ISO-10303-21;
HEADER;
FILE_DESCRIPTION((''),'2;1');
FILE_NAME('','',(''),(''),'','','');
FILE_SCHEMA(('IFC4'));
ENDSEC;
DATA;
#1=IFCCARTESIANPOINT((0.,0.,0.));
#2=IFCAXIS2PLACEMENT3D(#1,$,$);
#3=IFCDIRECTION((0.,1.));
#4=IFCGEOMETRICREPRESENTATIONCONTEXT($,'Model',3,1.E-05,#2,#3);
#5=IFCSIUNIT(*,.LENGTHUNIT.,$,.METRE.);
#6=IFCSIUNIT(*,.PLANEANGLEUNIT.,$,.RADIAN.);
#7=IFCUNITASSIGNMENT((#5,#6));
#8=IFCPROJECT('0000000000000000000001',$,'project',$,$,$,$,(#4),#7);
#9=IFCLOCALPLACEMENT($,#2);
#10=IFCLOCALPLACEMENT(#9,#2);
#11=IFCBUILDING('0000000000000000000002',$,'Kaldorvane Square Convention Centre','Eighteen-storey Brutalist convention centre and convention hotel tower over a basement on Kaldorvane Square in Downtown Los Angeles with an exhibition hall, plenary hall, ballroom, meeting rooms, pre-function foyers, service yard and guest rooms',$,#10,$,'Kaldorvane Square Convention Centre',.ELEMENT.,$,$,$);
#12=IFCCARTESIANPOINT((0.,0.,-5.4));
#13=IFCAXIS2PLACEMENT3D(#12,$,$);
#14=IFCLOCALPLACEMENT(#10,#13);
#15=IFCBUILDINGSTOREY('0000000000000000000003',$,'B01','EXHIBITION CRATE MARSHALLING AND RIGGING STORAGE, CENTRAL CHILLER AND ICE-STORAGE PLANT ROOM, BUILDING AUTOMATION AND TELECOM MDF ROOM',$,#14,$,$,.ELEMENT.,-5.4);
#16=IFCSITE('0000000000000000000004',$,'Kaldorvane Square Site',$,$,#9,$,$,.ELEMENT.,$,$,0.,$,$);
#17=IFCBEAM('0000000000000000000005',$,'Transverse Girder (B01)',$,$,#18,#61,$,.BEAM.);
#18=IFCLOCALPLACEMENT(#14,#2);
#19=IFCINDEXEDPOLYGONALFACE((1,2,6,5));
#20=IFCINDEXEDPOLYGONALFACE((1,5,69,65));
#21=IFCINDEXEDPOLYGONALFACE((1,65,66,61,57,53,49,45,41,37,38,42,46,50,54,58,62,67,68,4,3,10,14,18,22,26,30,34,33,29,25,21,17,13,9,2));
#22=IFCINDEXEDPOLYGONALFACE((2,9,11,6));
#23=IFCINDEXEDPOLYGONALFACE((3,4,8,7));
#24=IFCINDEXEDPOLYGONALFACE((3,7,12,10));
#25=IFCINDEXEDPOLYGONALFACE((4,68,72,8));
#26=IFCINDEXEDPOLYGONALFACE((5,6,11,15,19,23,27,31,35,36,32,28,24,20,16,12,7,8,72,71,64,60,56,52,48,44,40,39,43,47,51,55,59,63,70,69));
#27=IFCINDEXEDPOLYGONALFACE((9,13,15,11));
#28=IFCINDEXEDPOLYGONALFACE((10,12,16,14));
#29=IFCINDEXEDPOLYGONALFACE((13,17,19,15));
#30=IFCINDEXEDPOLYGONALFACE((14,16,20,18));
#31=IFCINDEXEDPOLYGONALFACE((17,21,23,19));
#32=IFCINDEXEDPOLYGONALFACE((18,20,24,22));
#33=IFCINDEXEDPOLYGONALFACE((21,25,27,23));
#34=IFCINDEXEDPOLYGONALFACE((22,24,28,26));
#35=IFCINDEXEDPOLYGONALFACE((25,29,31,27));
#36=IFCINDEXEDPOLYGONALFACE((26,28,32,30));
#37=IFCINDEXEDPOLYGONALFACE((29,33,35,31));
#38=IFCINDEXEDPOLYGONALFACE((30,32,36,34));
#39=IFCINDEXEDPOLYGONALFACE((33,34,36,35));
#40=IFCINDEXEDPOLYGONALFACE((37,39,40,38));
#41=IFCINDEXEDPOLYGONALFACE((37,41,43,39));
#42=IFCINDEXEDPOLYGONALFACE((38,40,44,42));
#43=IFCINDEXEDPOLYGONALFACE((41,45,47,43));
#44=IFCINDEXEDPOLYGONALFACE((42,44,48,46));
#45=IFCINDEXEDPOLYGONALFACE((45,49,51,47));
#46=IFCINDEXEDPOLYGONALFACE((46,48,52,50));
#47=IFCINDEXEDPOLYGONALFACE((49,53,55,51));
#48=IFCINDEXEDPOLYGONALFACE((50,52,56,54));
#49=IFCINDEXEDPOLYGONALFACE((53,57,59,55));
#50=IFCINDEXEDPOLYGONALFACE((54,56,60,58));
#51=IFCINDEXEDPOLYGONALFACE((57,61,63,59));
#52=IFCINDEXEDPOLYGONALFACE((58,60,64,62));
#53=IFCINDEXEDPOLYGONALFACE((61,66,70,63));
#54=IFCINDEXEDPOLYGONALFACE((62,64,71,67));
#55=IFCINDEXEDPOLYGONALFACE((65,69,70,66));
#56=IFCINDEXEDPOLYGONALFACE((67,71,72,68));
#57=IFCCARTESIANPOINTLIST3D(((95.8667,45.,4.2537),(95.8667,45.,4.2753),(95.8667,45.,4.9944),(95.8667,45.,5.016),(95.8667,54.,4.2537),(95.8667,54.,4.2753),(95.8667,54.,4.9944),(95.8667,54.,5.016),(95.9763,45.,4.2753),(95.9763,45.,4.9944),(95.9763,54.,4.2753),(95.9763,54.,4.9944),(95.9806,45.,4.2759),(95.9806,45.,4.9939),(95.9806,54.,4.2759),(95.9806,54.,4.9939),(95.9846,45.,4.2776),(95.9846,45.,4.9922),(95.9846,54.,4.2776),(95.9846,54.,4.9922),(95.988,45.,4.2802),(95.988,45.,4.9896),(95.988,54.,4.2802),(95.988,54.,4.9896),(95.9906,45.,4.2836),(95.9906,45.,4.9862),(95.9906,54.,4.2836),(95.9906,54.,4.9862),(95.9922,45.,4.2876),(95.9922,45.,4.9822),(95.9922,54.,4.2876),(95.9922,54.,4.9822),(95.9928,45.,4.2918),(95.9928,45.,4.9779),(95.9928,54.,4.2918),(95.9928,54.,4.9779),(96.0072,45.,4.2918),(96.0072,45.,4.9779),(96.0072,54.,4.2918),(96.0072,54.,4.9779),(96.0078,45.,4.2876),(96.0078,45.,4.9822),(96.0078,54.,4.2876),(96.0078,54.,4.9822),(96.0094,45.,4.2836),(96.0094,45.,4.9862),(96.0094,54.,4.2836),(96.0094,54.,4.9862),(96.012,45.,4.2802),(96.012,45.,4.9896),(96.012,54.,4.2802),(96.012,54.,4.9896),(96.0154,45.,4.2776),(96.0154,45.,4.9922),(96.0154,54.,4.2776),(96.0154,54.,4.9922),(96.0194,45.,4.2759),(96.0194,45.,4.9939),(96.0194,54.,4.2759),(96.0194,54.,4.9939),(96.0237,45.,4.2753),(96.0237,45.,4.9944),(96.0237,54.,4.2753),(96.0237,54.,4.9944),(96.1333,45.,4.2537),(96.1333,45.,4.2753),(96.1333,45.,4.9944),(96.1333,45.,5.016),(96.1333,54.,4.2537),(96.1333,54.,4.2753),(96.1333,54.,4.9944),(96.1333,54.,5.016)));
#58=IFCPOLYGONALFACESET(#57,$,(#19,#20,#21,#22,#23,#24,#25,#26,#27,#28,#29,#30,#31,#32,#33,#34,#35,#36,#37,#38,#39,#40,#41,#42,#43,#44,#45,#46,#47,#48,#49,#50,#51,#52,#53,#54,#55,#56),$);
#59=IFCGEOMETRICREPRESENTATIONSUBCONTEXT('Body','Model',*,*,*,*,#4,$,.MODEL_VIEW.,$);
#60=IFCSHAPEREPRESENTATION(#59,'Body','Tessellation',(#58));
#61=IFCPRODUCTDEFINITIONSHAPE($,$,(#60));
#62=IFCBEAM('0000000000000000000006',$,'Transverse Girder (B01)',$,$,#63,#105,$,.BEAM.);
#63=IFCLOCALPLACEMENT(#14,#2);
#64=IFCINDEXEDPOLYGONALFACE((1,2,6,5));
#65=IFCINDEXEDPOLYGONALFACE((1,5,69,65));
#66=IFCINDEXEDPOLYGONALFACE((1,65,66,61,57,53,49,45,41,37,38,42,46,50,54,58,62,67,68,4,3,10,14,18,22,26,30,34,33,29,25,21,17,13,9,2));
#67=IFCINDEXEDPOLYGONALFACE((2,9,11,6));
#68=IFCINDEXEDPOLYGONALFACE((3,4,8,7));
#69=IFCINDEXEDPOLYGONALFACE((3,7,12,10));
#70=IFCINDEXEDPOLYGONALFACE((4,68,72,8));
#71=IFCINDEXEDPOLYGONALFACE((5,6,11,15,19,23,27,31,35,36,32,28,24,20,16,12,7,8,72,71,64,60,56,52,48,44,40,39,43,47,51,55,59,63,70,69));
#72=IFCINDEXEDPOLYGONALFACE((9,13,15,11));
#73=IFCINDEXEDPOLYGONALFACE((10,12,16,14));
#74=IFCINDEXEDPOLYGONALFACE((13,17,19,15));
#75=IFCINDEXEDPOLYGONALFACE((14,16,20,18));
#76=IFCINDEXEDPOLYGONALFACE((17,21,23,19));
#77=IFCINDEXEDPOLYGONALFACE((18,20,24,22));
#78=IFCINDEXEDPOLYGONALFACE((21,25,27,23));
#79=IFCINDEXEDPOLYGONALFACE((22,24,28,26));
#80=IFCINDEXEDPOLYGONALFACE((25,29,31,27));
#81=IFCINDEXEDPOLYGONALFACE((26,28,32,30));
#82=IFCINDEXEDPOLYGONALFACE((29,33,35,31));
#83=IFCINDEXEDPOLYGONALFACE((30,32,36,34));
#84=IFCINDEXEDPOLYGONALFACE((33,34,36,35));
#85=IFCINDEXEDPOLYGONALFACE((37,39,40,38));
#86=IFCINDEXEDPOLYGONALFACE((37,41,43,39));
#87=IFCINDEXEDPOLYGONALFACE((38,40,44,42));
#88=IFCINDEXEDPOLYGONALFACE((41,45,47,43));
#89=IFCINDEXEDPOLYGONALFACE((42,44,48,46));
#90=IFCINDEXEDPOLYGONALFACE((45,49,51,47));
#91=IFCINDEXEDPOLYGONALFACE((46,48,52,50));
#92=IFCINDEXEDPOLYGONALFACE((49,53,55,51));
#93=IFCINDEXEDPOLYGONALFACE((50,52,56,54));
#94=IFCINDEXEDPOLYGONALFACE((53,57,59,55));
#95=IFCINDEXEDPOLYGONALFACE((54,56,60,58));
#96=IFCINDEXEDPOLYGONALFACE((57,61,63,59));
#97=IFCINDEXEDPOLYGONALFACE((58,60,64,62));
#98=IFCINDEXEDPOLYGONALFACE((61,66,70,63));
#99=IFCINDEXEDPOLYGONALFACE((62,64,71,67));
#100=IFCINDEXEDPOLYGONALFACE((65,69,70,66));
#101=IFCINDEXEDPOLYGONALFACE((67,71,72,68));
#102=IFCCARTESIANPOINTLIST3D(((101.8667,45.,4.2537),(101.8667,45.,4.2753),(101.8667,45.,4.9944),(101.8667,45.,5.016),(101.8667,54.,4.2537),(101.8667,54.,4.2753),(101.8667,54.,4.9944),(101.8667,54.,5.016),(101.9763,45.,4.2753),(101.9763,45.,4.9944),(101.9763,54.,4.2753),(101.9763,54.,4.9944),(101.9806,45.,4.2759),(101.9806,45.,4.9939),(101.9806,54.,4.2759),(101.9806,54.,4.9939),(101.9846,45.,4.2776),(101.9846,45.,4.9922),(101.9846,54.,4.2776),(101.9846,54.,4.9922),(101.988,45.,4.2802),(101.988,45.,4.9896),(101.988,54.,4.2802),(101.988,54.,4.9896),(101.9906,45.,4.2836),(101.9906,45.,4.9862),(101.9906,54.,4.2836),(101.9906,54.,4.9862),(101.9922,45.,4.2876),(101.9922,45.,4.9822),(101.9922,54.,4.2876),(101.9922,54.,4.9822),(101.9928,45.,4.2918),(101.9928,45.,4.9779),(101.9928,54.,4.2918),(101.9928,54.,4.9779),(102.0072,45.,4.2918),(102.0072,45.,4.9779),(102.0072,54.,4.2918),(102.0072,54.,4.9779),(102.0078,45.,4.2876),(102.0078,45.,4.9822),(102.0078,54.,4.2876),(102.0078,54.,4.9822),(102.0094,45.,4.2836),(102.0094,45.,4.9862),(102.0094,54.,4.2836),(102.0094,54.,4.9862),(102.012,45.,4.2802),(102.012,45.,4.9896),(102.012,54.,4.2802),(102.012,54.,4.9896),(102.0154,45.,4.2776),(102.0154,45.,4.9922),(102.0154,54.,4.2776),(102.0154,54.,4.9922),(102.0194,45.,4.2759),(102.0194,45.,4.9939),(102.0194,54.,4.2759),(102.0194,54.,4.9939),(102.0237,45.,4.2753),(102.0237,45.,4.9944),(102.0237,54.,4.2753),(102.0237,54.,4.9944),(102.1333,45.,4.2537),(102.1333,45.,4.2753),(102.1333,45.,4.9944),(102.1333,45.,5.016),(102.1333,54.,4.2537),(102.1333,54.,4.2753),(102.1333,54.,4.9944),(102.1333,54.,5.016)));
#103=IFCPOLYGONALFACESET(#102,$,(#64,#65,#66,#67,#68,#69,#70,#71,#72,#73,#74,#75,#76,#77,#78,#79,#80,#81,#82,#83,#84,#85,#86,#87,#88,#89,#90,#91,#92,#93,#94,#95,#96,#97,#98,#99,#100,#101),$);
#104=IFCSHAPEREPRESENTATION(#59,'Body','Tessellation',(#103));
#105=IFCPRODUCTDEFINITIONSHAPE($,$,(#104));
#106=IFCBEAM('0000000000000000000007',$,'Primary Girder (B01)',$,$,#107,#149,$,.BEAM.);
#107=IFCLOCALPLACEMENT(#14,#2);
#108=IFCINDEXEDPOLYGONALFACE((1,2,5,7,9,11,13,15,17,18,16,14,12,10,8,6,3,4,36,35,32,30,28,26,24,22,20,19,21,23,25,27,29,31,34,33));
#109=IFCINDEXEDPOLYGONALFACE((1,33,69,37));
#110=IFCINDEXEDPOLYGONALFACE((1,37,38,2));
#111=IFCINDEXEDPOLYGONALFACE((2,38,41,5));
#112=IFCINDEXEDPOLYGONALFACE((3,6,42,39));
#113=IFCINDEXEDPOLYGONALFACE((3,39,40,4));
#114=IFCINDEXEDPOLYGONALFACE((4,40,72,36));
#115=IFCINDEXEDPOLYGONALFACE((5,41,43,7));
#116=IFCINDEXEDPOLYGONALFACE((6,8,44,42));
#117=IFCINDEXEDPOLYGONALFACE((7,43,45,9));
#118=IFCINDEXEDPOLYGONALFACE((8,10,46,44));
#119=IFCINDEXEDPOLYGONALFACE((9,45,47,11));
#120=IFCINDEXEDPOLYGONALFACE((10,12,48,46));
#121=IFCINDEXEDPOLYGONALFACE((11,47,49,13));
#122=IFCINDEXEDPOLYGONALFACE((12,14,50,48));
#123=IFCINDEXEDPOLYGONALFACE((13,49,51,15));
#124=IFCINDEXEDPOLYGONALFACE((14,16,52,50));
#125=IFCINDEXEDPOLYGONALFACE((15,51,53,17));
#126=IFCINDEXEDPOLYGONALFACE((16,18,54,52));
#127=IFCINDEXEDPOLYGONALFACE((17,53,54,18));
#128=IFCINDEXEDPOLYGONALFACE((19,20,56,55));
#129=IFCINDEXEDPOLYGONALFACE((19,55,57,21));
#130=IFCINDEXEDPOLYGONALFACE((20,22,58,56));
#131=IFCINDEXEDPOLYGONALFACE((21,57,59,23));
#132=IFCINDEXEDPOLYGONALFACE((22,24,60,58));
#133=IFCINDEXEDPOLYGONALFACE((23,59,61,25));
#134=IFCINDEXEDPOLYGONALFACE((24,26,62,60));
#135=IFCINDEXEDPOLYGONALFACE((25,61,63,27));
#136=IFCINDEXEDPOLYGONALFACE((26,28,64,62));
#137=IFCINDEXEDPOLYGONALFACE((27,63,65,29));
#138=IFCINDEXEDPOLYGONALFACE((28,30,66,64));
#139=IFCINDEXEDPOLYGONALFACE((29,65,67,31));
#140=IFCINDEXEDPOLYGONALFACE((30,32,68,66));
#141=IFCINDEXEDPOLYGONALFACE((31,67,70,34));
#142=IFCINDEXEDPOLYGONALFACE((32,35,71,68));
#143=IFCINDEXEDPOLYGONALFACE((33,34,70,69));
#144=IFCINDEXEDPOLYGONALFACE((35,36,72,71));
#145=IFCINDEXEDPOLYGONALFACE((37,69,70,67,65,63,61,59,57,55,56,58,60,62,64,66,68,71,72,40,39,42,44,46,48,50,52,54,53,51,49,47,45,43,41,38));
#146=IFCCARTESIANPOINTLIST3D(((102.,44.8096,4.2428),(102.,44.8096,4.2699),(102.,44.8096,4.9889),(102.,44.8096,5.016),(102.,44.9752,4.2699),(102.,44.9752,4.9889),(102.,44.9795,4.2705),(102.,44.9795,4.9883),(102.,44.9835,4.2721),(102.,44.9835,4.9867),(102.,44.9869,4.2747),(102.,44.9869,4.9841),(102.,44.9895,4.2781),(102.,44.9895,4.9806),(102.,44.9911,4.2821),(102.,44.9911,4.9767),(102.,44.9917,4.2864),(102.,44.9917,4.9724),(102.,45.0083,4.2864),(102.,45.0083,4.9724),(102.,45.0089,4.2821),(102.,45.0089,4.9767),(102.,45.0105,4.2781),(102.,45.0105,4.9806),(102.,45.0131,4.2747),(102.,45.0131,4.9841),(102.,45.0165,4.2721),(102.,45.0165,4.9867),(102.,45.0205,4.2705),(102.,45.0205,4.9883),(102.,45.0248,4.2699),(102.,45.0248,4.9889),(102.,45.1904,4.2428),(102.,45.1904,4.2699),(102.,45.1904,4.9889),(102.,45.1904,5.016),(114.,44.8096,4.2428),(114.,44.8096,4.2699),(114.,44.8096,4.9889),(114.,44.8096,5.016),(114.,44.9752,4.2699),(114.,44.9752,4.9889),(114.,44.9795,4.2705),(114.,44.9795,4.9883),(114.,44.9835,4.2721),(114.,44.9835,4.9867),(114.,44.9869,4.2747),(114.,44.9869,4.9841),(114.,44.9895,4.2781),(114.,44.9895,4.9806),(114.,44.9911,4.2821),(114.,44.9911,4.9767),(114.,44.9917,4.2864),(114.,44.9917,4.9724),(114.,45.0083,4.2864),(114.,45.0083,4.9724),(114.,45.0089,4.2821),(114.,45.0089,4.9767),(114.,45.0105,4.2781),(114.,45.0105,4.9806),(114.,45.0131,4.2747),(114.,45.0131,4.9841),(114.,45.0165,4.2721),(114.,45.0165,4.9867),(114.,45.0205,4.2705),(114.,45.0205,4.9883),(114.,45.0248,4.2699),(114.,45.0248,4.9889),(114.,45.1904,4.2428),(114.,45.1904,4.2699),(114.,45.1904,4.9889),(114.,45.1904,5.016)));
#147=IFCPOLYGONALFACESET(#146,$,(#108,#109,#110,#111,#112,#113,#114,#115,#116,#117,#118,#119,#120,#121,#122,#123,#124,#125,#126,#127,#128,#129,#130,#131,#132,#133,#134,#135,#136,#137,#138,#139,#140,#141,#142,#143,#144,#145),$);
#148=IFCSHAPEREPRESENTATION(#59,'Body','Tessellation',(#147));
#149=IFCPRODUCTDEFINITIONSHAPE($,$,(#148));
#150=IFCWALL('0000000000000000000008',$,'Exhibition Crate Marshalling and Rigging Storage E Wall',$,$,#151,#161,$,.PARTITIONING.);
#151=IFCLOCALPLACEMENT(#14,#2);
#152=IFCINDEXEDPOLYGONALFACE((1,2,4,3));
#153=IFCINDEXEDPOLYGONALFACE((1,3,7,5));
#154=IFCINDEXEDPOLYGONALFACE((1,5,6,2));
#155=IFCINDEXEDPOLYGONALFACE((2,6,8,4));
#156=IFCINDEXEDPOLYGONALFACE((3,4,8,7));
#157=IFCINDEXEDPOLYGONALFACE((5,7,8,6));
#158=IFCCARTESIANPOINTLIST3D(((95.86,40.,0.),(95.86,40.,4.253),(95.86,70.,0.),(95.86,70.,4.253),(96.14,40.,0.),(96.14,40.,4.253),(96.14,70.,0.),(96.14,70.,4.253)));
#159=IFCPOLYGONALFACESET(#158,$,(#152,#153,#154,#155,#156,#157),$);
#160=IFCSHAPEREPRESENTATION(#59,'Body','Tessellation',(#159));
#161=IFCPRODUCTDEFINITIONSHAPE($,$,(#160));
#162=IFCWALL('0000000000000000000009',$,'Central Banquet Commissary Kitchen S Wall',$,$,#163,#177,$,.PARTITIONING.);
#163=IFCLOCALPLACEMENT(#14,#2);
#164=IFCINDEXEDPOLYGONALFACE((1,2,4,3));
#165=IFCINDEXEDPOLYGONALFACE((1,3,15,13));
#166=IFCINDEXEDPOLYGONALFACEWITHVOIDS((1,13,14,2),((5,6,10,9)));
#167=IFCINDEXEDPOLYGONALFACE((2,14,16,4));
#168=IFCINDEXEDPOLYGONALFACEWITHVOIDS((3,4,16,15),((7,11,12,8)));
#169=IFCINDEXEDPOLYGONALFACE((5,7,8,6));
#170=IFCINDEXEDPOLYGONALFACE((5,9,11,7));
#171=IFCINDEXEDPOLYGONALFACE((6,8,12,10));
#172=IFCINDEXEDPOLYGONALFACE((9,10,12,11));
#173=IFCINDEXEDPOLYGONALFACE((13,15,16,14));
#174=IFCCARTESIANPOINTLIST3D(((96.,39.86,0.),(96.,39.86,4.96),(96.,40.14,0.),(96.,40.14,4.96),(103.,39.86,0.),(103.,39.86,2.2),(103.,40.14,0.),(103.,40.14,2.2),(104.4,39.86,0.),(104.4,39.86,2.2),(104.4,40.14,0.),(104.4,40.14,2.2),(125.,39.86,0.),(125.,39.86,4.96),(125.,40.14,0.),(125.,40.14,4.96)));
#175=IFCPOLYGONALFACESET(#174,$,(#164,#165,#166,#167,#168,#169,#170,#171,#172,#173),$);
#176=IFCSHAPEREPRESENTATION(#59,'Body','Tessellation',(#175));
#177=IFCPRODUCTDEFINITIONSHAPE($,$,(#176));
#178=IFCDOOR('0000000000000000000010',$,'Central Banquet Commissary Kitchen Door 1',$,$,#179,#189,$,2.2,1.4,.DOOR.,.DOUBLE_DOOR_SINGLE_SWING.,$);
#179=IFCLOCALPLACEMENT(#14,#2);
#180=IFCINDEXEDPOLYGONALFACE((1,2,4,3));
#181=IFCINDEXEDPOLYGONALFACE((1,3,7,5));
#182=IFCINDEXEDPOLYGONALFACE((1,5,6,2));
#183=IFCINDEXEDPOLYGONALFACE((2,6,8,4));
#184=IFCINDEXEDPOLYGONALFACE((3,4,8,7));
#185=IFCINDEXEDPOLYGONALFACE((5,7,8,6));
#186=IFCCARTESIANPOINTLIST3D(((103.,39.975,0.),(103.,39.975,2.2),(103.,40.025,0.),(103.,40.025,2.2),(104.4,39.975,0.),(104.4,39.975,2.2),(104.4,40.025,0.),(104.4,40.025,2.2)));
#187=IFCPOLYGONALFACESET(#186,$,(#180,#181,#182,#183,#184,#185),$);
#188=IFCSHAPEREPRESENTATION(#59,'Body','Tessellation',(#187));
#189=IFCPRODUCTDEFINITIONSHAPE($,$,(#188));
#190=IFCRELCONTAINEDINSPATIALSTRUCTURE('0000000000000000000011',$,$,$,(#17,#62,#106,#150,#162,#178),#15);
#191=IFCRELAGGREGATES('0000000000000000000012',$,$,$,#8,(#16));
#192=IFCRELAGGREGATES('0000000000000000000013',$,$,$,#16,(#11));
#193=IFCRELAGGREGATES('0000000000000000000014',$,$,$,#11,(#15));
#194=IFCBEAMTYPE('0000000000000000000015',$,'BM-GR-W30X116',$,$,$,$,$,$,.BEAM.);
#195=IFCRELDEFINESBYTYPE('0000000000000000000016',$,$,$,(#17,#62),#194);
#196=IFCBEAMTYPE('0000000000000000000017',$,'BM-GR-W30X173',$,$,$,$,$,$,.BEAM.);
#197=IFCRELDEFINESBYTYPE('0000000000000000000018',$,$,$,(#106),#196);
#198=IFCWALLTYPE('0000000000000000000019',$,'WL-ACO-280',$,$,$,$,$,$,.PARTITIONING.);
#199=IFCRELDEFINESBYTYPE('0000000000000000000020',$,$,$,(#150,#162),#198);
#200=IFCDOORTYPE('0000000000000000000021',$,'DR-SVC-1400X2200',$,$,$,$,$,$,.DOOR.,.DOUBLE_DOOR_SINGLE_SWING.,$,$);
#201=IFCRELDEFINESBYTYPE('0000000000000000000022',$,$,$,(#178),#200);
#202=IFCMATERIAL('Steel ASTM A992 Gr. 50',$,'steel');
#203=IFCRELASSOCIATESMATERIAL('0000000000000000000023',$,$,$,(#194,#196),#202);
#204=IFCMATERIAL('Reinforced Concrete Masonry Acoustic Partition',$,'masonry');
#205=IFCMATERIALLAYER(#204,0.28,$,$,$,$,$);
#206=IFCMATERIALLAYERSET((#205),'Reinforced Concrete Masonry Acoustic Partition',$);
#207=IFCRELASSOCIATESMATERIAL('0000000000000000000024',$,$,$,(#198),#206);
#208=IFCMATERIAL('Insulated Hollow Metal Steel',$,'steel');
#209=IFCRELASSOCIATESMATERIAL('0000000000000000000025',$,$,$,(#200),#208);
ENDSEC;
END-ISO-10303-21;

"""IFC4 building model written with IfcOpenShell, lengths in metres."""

from ifc_helpers import new_model, si_unit, direction, frame, frame_2d, origin, origin_2d, place, context, subcontext, project, spatial, rectangle, i_section, extrude, material, layer, layer_set, material_profile, profile_set, type_object, element, fill, save


model = new_model("IFC4")

# Units and contexts
model_context = context("Model", 3, precision=1e-05, world=origin(), true_north=direction((0.0, 1.0)))
body_context = subcontext(model_context, "Body", "Model", "MODEL_VIEW")
ifc_project = project(units=[si_unit("LENGTHUNIT", "METRE"), si_unit("PLANEANGLEUNIT", "RADIAN")], contexts=[model_context])

# Site, building, storey
site_placement = place(None, origin())
site = spatial("IfcSite", under=ifc_project, at=site_placement, Name="Kaldorvane Square Site", CompositionType="ELEMENT", RefElevation=0.0)
building_placement = place(site_placement, origin())
building = spatial("IfcBuilding", under=site, at=building_placement, Name="Kaldorvane Square Convention Centre", Description="Eighteen-storey Brutalist convention centre and convention hotel tower over a basement on Kaldorvane Square in Downtown Los Angeles with an exhibition hall, plenary hall, ballroom, meeting rooms, pre-function foyers, service yard and guest rooms", LongName="Kaldorvane Square Convention Centre", CompositionType="ELEMENT")
storey_placement = place(building_placement, frame((0.0, 0.0, -5.4)))
storey = spatial("IfcBuildingStorey", under=building, at=storey_placement, Name="B01", Description="EXHIBITION CRATE MARSHALLING AND RIGGING STORAGE, CENTRAL CHILLER AND ICE-STORAGE PLANT ROOM, BUILDING AUTOMATION AND TELECOM MDF ROOM", CompositionType="ELEMENT", Elevation=-5.4)

# Shared definitions
ifc_material_1 = material(Name="Steel ASTM A992 Gr. 50", Category="steel")

# Beams
ifc_material_profile_1 = material_profile(ifc_material_1, i_section(OverallWidth=0.2666, OverallDepth=0.7623, WebThickness=0.0144, FlangeThickness=0.0216, FilletRadius=0.0165, at=origin_2d()), Name="W30X116")
ifc_profile_set_1 = profile_set([ifc_material_profile_1], Name="Steel ASTM A992 Gr. 50")
beam_type_1 = type_object("IfcBeamType", Name="BM-GR-W30X116", PredefinedType="BEAM", material=ifc_profile_set_1)
for number, where, z_axis, x_axis, name in (
    (1, (96.0, 45.0, 4.6349), (0.0, 1.0, 0.0), (-1.0, 0.0, 0.0), "Transverse Girder (B01)"),
    (2, (102.0, 45.0, 4.6349), (0.0, 1.0, 0.0), (-1.0, 0.0, 0.0), "Transverse Girder (B01)"),
):
    element("IfcBeam", number, at=place(storey_placement, frame(where, z_axis=z_axis, x_axis=x_axis)), inside=storey, type_object=beam_type_1, Name=name, PredefinedType="BEAM", context=body_context, shape_type="SweptSolid", body=[
        extrude(i_section(OverallWidth=0.2666, OverallDepth=0.7623, WebThickness=0.0144, FlangeThickness=0.0216, FilletRadius=0.0165, at=origin_2d()), origin(), (0.0, 0.0, 1.0), 9.0),
    ])
ifc_material_profile_2 = material_profile(ifc_material_1, i_section(OverallWidth=0.3807, OverallDepth=0.7732, WebThickness=0.0166, FlangeThickness=0.0271, FilletRadius=0.0165, at=origin_2d()), Name="W30X173")
ifc_profile_set_2 = profile_set([ifc_material_profile_2], Name="Steel ASTM A992 Gr. 50")
beam_type_2 = type_object("IfcBeamType", Name="BM-GR-W30X173", PredefinedType="BEAM", material=ifc_profile_set_2)
beam_placement = place(storey_placement, frame((102.0, 45.0, 4.6294), z_axis=(1.0, 0.0, 0.0), x_axis=(0.0, 1.0, 0.0)))
element("IfcBeam", 3, at=beam_placement, inside=storey, type_object=beam_type_2, Name="Primary Girder (B01)", PredefinedType="BEAM", context=body_context, shape_type="SweptSolid", body=[
    extrude(i_section(OverallWidth=0.3807, OverallDepth=0.7732, WebThickness=0.0166, FlangeThickness=0.0271, FilletRadius=0.0165, at=origin_2d()), origin(), (0.0, 0.0, 1.0), 12.0),
])

# Wall
ifc_material_2 = material(Name="Reinforced Concrete Masonry Acoustic Partition", Category="masonry")
ifc_layer = layer(ifc_material_2, 0.28)
ifc_layer_set = layer_set([ifc_layer], Name="Reinforced Concrete Masonry Acoustic Partition")
wall_type = type_object("IfcWallType", Name="WL-ACO-280", PredefinedType="PARTITIONING", material=ifc_layer_set)
wall_1_placement = place(storey_placement, frame((96.0, 40.0, 0.0), z_axis=(0.0, 0.0, 1.0), x_axis=(0.0, 1.0, 0.0)))
element("IfcWall", 4, at=wall_1_placement, inside=storey, type_object=wall_type, Name="Exhibition Crate Marshalling and Rigging Storage E Wall", PredefinedType="PARTITIONING", context=body_context, shape_type="SweptSolid", body=[
    extrude(rectangle(XDim=30.0, YDim=0.28, at=frame_2d((15.0, 0.0))), origin(), (0.0, 0.0, 1.0), 4.253),
])

# Wall, opening, door
wall_2_placement = place(storey_placement, frame((96.0, 40.0, 0.0), z_axis=(0.0, 0.0, 1.0), x_axis=(1.0, 0.0, 0.0)))
wall_2 = element("IfcWall", 5, at=wall_2_placement, inside=storey, type_object=wall_type, Name="Central Banquet Commissary Kitchen S Wall", PredefinedType="PARTITIONING", context=body_context, shape_type="SweptSolid", body=[
    extrude(rectangle(XDim=29.0, YDim=0.28, at=frame_2d((14.5, 0.0))), origin(), (0.0, 0.0, 1.0), 4.96),
])
opening_placement = place(wall_2_placement, frame((7.0, 0.0, 0.0)))
opening = element("IfcOpeningElement", 6, at=opening_placement, cuts=wall_2, PredefinedType="OPENING", context=body_context, shape_type="SweptSolid", body=[
    extrude(rectangle(XDim=1.4, YDim=2.2, at=frame_2d((0.7, 1.1))), frame((0.0, 0.155, 0.0), z_axis=(0.0, -1.0, 0.0), x_axis=(1.0, 0.0, 0.0)), (0.0, 0.0, 1.0), 0.31),
])
ifc_material_3 = material(Name="Insulated Hollow Metal Steel", Category="steel")
door_type = type_object("IfcDoorType", Name="DR-SVC-1400X2200", OperationType="DOUBLE_DOOR_SINGLE_SWING", PredefinedType="DOOR", material=ifc_material_3)
door_placement = place(opening_placement, origin())
door = element("IfcDoor", 7, at=door_placement, inside=storey, type_object=door_type, Name="Central Banquet Commissary Kitchen Door 1", OperationType="DOUBLE_DOOR_SINGLE_SWING", OverallHeight=2.2, OverallWidth=1.4, PredefinedType="DOOR", context=body_context, shape_type="SweptSolid", body=[
    extrude(rectangle(XDim=1.4, YDim=2.2, at=frame_2d((0.7, 1.1))), frame((0.0, 0.025, 0.0), z_axis=(0.0, -1.0, 0.0), x_axis=(1.0, 0.0, 0.0)), (0.0, 0.0, 1.0), 0.05),
])
fill(opening, door)

save(model, "model.ifc")
